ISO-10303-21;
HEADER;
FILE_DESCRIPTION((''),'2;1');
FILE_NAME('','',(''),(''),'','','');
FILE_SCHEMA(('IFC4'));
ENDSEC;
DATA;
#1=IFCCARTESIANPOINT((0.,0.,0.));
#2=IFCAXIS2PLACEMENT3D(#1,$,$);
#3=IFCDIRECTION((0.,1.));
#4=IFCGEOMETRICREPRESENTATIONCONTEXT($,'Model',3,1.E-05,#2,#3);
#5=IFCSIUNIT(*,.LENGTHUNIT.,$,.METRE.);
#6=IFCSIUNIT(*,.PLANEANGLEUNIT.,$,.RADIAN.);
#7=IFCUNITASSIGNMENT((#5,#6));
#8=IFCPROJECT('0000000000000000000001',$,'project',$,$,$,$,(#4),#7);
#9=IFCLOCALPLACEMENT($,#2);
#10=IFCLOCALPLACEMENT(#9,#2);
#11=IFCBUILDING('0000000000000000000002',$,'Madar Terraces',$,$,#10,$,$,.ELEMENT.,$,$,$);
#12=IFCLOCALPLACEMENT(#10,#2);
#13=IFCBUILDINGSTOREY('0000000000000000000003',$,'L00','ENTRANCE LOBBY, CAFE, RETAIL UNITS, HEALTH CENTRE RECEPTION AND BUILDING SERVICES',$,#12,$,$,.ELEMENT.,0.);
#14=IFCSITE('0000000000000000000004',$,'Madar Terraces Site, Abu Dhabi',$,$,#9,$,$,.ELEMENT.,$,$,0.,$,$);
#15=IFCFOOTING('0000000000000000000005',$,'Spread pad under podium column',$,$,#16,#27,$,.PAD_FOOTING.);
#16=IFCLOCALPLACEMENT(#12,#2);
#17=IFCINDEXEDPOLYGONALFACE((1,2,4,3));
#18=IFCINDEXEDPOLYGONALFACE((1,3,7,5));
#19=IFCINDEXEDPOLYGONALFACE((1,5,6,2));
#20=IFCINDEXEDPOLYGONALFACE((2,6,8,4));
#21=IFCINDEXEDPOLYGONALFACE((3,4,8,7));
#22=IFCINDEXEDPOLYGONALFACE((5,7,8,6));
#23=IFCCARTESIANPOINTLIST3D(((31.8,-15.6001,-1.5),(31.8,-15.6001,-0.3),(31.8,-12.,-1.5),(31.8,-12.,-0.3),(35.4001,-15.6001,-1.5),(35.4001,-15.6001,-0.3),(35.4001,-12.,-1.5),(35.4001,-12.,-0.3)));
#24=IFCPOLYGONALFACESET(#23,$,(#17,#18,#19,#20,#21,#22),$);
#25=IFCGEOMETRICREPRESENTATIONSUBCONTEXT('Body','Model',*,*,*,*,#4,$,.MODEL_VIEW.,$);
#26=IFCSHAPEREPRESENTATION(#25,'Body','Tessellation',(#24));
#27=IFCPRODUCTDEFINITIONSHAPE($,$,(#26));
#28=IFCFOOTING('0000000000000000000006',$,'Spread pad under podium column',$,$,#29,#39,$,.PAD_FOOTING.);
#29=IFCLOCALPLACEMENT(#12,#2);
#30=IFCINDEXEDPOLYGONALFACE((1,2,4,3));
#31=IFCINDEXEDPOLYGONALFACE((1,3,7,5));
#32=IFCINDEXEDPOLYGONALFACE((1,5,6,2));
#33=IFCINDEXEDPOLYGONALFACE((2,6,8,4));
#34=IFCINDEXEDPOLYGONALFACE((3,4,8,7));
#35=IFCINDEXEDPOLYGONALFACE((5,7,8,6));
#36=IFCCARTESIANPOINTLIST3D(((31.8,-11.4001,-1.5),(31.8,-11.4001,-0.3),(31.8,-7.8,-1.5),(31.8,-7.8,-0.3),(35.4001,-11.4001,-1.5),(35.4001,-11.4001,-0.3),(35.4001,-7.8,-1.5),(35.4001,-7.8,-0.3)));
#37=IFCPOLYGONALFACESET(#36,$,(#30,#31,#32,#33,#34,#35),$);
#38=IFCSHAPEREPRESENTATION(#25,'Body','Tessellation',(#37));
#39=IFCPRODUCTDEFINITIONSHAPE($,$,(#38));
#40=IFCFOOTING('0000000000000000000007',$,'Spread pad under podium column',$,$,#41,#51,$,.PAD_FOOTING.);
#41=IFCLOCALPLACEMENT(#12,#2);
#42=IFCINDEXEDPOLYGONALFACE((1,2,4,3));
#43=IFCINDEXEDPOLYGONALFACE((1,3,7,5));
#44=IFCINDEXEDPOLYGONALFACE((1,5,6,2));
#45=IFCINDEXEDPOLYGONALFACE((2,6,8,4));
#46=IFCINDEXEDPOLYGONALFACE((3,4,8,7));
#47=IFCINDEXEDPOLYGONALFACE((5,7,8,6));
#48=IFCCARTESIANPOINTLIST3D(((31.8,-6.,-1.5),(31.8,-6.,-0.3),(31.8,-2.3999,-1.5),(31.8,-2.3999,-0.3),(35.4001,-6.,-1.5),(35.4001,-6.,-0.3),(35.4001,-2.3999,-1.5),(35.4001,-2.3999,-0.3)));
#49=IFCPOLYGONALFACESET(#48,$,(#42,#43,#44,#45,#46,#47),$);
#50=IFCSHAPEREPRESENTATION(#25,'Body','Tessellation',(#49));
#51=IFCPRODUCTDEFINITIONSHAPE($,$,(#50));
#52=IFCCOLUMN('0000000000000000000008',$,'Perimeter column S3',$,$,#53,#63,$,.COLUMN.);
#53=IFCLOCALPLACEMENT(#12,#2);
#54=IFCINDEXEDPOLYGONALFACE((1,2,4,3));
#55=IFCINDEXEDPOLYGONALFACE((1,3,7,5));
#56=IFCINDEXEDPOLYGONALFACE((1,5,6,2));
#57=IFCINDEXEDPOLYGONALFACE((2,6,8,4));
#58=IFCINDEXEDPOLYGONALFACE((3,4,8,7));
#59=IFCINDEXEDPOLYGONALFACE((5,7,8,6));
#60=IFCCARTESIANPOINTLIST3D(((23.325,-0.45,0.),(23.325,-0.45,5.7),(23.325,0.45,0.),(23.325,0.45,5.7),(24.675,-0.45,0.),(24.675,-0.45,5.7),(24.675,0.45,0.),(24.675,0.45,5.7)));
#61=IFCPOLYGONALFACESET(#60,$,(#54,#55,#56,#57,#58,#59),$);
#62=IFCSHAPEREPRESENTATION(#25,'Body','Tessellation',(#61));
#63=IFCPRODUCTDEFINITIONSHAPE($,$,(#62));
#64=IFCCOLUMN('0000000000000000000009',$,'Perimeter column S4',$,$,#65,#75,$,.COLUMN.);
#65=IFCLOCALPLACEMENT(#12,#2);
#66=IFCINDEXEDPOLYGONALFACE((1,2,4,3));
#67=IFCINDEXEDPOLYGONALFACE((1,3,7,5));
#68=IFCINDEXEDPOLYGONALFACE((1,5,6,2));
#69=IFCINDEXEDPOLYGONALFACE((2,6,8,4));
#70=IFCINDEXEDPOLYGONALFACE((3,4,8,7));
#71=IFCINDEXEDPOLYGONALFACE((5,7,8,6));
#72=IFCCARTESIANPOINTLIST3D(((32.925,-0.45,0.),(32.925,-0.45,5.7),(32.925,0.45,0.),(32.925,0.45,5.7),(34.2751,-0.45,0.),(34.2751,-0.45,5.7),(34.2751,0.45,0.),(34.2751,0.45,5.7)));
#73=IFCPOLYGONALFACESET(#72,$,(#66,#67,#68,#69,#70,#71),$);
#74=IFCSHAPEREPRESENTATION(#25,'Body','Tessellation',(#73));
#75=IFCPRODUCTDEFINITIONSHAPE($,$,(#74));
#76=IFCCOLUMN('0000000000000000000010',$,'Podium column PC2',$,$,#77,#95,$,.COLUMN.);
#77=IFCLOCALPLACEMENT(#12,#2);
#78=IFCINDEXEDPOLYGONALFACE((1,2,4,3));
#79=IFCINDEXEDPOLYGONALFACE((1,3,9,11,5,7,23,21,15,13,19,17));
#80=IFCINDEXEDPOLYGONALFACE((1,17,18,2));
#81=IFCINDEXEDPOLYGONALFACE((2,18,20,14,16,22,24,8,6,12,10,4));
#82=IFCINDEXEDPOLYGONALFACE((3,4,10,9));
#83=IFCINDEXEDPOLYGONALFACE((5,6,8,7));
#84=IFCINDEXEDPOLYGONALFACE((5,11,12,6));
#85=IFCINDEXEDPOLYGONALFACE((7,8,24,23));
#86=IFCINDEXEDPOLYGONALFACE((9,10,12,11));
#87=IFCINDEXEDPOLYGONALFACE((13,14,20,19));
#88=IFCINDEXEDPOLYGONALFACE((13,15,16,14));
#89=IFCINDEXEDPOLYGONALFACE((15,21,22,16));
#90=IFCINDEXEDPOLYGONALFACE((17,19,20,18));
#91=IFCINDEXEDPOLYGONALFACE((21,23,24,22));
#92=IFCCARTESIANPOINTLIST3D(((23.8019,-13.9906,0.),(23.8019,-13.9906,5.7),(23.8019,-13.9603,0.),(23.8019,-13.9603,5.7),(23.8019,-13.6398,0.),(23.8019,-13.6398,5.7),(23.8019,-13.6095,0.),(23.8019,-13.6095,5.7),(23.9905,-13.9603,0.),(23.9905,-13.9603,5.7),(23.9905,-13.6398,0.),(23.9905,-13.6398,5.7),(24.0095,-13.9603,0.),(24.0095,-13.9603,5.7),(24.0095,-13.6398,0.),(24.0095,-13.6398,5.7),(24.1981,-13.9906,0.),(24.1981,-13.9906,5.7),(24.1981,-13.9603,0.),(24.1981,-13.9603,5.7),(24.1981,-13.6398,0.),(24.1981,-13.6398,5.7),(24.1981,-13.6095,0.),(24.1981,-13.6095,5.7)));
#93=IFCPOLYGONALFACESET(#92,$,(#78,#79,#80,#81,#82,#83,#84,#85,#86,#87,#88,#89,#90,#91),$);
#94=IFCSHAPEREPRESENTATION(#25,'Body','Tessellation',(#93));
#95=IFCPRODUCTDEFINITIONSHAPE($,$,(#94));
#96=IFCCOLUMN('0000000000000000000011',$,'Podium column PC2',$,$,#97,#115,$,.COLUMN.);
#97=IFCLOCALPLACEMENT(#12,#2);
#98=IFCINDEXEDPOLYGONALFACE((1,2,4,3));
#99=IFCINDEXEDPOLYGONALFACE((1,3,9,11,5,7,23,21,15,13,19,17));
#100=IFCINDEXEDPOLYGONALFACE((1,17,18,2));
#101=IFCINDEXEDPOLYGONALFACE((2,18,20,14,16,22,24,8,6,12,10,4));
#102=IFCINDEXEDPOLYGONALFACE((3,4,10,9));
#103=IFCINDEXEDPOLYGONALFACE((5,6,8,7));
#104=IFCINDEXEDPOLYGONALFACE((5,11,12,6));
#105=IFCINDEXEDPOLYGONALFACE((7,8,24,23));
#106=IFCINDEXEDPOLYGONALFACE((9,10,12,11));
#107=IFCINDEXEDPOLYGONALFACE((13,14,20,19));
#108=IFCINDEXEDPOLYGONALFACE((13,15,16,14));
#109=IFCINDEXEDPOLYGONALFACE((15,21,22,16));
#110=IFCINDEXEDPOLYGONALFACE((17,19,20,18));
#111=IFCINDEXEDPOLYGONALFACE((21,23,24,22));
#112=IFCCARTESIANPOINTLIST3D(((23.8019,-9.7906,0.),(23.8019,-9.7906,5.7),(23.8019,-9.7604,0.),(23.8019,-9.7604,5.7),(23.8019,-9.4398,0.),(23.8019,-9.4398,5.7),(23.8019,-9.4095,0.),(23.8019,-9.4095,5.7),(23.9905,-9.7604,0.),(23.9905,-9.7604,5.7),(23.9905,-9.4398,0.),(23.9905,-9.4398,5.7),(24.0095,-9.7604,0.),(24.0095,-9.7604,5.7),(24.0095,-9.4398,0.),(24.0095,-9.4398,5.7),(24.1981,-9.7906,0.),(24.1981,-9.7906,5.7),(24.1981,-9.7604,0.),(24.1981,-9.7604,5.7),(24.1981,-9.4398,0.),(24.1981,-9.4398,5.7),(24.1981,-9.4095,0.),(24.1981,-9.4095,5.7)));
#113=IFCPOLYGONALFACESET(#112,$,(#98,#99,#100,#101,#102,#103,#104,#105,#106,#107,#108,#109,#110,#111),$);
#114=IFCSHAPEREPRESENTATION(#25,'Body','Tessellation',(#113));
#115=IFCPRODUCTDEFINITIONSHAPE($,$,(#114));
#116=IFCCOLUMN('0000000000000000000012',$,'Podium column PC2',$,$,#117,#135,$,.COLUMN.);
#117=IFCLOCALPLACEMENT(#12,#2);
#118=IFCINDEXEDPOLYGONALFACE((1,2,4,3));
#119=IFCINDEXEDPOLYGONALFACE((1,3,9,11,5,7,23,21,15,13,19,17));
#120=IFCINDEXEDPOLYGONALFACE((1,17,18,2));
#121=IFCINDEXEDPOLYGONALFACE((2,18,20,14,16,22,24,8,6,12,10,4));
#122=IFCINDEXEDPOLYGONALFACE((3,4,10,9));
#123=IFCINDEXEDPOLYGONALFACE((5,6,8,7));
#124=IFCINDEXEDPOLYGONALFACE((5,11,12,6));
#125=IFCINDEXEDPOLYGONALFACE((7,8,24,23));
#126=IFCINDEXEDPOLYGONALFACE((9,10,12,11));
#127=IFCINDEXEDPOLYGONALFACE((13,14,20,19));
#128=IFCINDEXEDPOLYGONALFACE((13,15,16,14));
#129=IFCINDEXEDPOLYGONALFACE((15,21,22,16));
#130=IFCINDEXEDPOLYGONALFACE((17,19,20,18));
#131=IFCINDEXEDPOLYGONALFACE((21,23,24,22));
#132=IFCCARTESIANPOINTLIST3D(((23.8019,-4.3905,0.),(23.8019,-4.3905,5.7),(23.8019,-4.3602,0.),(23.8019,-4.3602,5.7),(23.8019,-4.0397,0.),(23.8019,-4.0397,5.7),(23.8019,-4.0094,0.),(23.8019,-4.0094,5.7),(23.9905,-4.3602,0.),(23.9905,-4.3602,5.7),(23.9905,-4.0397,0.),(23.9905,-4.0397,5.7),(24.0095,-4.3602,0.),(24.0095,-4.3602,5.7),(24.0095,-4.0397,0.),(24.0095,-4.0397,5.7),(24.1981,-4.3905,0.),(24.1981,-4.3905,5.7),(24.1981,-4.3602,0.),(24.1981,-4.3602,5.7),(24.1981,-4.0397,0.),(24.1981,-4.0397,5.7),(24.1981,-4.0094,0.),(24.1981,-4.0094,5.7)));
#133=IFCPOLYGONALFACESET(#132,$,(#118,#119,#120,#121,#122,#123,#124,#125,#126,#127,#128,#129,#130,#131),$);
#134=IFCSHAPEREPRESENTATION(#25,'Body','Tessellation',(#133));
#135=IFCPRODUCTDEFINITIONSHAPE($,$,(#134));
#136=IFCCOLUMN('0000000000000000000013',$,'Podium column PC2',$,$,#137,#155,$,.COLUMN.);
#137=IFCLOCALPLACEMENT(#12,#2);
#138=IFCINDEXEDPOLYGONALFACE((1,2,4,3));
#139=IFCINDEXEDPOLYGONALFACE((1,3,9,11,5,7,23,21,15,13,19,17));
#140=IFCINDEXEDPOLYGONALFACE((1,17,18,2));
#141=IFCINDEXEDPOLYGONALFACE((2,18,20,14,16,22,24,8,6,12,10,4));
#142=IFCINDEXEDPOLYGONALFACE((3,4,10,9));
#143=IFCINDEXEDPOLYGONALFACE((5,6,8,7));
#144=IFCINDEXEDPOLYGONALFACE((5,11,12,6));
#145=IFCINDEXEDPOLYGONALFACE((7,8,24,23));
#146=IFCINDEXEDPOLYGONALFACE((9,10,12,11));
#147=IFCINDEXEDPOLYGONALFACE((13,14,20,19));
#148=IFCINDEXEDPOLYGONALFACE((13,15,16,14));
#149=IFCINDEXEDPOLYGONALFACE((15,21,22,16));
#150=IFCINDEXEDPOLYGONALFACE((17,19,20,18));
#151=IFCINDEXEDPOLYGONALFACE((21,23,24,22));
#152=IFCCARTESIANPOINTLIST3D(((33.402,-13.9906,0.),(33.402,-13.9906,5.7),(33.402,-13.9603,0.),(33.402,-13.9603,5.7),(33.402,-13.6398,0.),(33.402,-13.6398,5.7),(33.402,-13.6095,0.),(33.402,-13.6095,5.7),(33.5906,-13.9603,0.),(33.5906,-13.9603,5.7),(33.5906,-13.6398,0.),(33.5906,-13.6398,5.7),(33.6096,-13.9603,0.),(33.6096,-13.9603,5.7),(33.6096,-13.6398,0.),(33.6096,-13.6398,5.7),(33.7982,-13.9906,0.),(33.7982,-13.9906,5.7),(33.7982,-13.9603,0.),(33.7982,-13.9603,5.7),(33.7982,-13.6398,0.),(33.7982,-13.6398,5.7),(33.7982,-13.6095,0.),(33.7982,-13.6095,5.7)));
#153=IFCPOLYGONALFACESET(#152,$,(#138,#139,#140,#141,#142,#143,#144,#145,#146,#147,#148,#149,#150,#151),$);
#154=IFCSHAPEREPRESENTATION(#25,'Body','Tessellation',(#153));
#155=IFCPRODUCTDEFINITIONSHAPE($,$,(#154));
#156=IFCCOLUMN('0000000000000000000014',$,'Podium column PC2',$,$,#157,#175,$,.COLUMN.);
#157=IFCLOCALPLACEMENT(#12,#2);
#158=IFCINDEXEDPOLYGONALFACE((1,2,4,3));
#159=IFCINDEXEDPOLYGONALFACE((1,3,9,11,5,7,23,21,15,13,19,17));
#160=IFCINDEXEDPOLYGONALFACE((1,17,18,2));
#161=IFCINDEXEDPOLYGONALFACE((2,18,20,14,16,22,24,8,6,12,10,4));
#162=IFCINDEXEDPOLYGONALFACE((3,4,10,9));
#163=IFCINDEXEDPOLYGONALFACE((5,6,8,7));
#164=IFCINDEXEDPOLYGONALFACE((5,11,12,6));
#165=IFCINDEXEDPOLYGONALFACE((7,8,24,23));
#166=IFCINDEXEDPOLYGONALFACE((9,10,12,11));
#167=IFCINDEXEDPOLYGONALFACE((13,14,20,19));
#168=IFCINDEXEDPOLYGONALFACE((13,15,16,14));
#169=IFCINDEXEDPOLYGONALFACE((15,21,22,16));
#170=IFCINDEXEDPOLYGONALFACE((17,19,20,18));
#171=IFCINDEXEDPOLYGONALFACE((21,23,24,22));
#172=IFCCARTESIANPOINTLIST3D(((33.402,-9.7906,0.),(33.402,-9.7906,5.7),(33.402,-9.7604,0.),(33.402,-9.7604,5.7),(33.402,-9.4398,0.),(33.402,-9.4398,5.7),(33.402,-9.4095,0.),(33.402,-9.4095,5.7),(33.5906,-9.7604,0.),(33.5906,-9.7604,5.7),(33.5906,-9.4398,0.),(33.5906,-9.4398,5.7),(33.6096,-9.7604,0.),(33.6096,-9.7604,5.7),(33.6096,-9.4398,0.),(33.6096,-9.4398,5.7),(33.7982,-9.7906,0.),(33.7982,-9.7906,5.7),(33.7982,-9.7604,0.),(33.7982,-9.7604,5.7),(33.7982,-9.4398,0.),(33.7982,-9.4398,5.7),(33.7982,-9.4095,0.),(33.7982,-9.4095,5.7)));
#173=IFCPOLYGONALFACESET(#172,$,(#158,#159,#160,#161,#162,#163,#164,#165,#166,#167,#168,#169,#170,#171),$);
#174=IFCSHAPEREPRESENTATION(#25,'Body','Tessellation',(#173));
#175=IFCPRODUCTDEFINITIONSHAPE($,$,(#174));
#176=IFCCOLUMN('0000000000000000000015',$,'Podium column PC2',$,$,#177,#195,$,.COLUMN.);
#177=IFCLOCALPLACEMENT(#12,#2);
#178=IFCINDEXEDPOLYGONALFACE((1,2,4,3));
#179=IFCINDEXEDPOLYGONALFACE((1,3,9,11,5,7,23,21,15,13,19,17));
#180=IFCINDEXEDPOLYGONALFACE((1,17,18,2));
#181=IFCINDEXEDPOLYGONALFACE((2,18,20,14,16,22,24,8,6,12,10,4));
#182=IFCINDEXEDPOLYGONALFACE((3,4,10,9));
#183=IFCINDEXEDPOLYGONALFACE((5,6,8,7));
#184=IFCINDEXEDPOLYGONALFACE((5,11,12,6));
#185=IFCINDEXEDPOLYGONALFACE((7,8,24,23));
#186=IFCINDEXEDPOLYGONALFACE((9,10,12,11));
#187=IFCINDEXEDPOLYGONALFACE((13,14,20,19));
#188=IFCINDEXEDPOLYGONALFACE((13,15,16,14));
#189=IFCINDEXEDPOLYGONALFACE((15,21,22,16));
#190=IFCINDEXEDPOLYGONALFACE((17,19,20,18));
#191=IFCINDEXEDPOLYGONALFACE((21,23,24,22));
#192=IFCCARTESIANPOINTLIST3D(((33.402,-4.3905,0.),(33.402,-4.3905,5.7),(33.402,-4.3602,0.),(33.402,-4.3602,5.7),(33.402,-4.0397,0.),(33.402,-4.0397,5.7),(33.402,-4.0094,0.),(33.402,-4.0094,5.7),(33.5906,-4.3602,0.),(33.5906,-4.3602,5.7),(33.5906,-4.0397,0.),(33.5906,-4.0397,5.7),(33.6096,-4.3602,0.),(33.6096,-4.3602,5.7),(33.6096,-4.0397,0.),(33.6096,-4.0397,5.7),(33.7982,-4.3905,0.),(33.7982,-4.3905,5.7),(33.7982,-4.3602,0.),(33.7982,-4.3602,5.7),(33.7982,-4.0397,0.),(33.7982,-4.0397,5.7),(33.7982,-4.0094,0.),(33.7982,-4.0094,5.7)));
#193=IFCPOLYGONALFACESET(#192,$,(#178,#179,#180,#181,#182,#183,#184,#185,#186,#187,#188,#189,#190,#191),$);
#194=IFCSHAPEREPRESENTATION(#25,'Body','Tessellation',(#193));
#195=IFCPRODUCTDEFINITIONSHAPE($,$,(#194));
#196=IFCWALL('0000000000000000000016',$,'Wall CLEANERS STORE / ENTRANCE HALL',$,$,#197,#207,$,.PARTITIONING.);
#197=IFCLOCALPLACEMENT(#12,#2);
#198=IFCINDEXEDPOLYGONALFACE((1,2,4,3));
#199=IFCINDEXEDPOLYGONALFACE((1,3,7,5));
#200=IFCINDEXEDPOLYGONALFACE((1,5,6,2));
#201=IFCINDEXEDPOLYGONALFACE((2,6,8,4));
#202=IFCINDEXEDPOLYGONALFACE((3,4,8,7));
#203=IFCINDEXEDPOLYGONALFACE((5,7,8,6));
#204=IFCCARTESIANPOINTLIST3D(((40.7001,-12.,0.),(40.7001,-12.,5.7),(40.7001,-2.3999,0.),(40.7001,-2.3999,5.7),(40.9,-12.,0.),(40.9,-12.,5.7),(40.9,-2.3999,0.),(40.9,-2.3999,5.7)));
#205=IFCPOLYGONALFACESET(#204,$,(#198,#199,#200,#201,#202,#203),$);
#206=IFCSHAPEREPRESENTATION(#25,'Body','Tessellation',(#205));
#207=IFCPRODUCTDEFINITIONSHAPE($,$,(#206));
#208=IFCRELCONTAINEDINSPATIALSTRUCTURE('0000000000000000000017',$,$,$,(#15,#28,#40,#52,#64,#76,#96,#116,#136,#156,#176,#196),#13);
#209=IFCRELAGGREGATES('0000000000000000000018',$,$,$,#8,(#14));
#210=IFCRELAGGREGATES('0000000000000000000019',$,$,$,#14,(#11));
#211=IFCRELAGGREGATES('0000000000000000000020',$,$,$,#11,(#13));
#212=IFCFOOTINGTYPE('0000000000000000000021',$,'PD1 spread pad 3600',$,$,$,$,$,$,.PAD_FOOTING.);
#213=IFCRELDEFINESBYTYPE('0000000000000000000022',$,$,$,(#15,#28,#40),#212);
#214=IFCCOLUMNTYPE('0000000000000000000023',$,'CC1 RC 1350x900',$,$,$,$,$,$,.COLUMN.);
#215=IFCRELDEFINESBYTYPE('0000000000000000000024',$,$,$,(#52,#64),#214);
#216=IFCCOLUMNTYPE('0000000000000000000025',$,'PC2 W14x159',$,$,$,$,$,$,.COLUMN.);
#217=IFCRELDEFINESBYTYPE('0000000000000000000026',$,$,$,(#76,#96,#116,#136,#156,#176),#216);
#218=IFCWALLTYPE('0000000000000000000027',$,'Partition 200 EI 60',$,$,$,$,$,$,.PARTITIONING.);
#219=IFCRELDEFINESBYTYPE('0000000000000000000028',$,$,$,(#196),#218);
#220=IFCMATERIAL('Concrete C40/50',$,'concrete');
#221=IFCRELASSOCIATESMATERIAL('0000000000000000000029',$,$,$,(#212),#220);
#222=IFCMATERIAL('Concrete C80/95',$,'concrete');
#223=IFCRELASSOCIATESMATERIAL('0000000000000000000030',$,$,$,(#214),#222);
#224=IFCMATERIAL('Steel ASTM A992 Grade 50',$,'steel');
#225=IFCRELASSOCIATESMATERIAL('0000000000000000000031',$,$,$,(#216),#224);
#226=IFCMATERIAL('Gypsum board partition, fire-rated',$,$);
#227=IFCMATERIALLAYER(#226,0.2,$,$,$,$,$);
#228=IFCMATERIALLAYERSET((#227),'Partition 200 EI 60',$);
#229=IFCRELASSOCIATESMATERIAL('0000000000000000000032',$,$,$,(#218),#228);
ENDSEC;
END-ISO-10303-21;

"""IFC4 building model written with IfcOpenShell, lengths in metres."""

from ifc_helpers import new_model, si_unit, direction, frame, frame_2d, origin, origin_2d, place, context, subcontext, project, spatial, rectangle, i_section, extrude, material, layer, layer_set, material_profile, profile_set, type_object, element, save


model = new_model("IFC4")

# Units and contexts
model_context = context("Model", 3, precision=1e-05, world=origin(), true_north=direction((0.0, 1.0)))
body_context = subcontext(model_context, "Body", "Model", "MODEL_VIEW")
ifc_project = project(units=[si_unit("LENGTHUNIT", "METRE"), si_unit("PLANEANGLEUNIT", "RADIAN")], contexts=[model_context])

# Site, building, storey
site_placement = place(None, origin())
site = spatial("IfcSite", under=ifc_project, at=site_placement, Name="Madar Terraces Site, Abu Dhabi", CompositionType="ELEMENT", RefElevation=0.0)
building_placement = place(site_placement, origin())
building = spatial("IfcBuilding", under=site, at=building_placement, Name="Madar Terraces", CompositionType="ELEMENT")
storey_placement = place(building_placement, origin())
storey = spatial("IfcBuildingStorey", under=building, at=storey_placement, Name="L00", Description="ENTRANCE LOBBY, CAFE, RETAIL UNITS, HEALTH CENTRE RECEPTION AND BUILDING SERVICES", CompositionType="ELEMENT", Elevation=0.0)

# Footings
ifc_material_1 = material(Name="Concrete C40/50", Category="concrete")
footing_type = type_object("IfcFootingType", Name="PD1 spread pad 3600", PredefinedType="PAD_FOOTING", material=ifc_material_1)
for number, where, z_axis, x_axis, name in (
    (1, (33.6001, -13.8, -1.5), (0.0, 0.0, 1.0), (1.0, 0.0, 0.0), "Spread pad under podium column"),
    (2, (33.6001, -9.6001, -1.5), (0.0, 0.0, 1.0), (1.0, 0.0, 0.0), "Spread pad under podium column"),
    (3, (33.6001, -4.2, -1.5), (0.0, 0.0, 1.0), (1.0, 0.0, 0.0), "Spread pad under podium column"),
):
    element("IfcFooting", number, at=place(storey_placement, frame(where, z_axis=z_axis, x_axis=x_axis)), inside=storey, type_object=footing_type, Name=name, PredefinedType="PAD_FOOTING", context=body_context, shape_type="SweptSolid", body=[
        extrude(rectangle(XDim=3.6001, YDim=3.6001, at=origin_2d()), origin(), (0.0, 0.0, 1.0), 1.2),
    ])

# Columns
ifc_material_2 = material(Name="Concrete C80/95", Category="concrete")
ifc_material_profile_1 = material_profile(ifc_material_2, rectangle(XDim=1.3501, YDim=0.8999, at=origin_2d()), Name="CC1 RC 1350x900")
ifc_profile_set_1 = profile_set([ifc_material_profile_1], Name="Concrete C80/95")
column_type_1 = type_object("IfcColumnType", Name="CC1 RC 1350x900", PredefinedType="COLUMN", material=ifc_profile_set_1)
for number, where, z_axis, x_axis, name in (
    (4, (24.0, 0.0, 0.0), (0.0, 0.0, 1.0), (1.0, 0.0, 0.0), "Perimeter column S3"),
    (5, (33.6001, 0.0, 0.0), (0.0, 0.0, 1.0), (1.0, 0.0, 0.0), "Perimeter column S4"),
):
    element("IfcColumn", number, at=place(storey_placement, frame(where, z_axis=z_axis, x_axis=x_axis)), inside=storey, type_object=column_type_1, Name=name, PredefinedType="COLUMN", context=body_context, shape_type="SweptSolid", body=[
        extrude(rectangle(XDim=1.3501, YDim=0.8999, at=origin_2d()), origin(), (0.0, 0.0, 1.0), 5.7),
    ])
ifc_material_3 = material(Name="Steel ASTM A992 Grade 50", Category="steel")
ifc_material_profile_2 = material_profile(ifc_material_3, i_section(OverallWidth=0.3962, OverallDepth=0.3811, WebThickness=0.019, FlangeThickness=0.0303, at=origin_2d()), Name="W14x159")
ifc_profile_set_2 = profile_set([ifc_material_profile_2], Name="Steel ASTM A992 Grade 50")
column_type_2 = type_object("IfcColumnType", Name="PC2 W14x159", PredefinedType="COLUMN", material=ifc_profile_set_2)
for number, where, z_axis, x_axis, name in (
    (6, (24.0, -13.8, 0.0), (0.0, 0.0, 1.0), (1.0, 0.0, 0.0), "Podium column PC2"),
    (7, (24.0, -9.6001, 0.0), (0.0, 0.0, 1.0), (1.0, 0.0, 0.0), "Podium column PC2"),
    (8, (24.0, -4.2, 0.0), (0.0, 0.0, 1.0), (1.0, 0.0, 0.0), "Podium column PC2"),
    (9, (33.6001, -13.8, 0.0), (0.0, 0.0, 1.0), (1.0, 0.0, 0.0), "Podium column PC2"),
    (10, (33.6001, -9.6001, 0.0), (0.0, 0.0, 1.0), (1.0, 0.0, 0.0), "Podium column PC2"),
    (11, (33.6001, -4.2, 0.0), (0.0, 0.0, 1.0), (1.0, 0.0, 0.0), "Podium column PC2"),
):
    element("IfcColumn", number, at=place(storey_placement, frame(where, z_axis=z_axis, x_axis=x_axis)), inside=storey, type_object=column_type_2, Name=name, PredefinedType="COLUMN", context=body_context, shape_type="SweptSolid", body=[
        extrude(i_section(OverallWidth=0.3962, OverallDepth=0.3811, WebThickness=0.019, FlangeThickness=0.0303, at=origin_2d()), origin(), (0.0, 0.0, 1.0), 5.7),
    ])

# Wall
ifc_material_4 = material(Name="Gypsum board partition, fire-rated")
ifc_layer = layer(ifc_material_4, 0.2)
ifc_layer_set = layer_set([ifc_layer], Name="Partition 200 EI 60")
wall_type = type_object("IfcWallType", Name="Partition 200 EI 60", PredefinedType="PARTITIONING", material=ifc_layer_set)
wall_1_placement = place(storey_placement, frame((40.8, -12.0, 0.0), z_axis=(0.0, 0.0, 1.0), x_axis=(0.0, 1.0, 0.0)))
element("IfcWall", 12, at=wall_1_placement, inside=storey, type_object=wall_type, Name="Wall CLEANERS STORE / ENTRANCE HALL", PredefinedType="PARTITIONING", context=body_context, shape_type="SweptSolid", body=[
    extrude(rectangle(XDim=9.6001, YDim=0.2, at=frame_2d((4.8, 0.0))), origin(), (0.0, 0.0, 1.0), 5.7),
])

save(model, "model.ifc")
